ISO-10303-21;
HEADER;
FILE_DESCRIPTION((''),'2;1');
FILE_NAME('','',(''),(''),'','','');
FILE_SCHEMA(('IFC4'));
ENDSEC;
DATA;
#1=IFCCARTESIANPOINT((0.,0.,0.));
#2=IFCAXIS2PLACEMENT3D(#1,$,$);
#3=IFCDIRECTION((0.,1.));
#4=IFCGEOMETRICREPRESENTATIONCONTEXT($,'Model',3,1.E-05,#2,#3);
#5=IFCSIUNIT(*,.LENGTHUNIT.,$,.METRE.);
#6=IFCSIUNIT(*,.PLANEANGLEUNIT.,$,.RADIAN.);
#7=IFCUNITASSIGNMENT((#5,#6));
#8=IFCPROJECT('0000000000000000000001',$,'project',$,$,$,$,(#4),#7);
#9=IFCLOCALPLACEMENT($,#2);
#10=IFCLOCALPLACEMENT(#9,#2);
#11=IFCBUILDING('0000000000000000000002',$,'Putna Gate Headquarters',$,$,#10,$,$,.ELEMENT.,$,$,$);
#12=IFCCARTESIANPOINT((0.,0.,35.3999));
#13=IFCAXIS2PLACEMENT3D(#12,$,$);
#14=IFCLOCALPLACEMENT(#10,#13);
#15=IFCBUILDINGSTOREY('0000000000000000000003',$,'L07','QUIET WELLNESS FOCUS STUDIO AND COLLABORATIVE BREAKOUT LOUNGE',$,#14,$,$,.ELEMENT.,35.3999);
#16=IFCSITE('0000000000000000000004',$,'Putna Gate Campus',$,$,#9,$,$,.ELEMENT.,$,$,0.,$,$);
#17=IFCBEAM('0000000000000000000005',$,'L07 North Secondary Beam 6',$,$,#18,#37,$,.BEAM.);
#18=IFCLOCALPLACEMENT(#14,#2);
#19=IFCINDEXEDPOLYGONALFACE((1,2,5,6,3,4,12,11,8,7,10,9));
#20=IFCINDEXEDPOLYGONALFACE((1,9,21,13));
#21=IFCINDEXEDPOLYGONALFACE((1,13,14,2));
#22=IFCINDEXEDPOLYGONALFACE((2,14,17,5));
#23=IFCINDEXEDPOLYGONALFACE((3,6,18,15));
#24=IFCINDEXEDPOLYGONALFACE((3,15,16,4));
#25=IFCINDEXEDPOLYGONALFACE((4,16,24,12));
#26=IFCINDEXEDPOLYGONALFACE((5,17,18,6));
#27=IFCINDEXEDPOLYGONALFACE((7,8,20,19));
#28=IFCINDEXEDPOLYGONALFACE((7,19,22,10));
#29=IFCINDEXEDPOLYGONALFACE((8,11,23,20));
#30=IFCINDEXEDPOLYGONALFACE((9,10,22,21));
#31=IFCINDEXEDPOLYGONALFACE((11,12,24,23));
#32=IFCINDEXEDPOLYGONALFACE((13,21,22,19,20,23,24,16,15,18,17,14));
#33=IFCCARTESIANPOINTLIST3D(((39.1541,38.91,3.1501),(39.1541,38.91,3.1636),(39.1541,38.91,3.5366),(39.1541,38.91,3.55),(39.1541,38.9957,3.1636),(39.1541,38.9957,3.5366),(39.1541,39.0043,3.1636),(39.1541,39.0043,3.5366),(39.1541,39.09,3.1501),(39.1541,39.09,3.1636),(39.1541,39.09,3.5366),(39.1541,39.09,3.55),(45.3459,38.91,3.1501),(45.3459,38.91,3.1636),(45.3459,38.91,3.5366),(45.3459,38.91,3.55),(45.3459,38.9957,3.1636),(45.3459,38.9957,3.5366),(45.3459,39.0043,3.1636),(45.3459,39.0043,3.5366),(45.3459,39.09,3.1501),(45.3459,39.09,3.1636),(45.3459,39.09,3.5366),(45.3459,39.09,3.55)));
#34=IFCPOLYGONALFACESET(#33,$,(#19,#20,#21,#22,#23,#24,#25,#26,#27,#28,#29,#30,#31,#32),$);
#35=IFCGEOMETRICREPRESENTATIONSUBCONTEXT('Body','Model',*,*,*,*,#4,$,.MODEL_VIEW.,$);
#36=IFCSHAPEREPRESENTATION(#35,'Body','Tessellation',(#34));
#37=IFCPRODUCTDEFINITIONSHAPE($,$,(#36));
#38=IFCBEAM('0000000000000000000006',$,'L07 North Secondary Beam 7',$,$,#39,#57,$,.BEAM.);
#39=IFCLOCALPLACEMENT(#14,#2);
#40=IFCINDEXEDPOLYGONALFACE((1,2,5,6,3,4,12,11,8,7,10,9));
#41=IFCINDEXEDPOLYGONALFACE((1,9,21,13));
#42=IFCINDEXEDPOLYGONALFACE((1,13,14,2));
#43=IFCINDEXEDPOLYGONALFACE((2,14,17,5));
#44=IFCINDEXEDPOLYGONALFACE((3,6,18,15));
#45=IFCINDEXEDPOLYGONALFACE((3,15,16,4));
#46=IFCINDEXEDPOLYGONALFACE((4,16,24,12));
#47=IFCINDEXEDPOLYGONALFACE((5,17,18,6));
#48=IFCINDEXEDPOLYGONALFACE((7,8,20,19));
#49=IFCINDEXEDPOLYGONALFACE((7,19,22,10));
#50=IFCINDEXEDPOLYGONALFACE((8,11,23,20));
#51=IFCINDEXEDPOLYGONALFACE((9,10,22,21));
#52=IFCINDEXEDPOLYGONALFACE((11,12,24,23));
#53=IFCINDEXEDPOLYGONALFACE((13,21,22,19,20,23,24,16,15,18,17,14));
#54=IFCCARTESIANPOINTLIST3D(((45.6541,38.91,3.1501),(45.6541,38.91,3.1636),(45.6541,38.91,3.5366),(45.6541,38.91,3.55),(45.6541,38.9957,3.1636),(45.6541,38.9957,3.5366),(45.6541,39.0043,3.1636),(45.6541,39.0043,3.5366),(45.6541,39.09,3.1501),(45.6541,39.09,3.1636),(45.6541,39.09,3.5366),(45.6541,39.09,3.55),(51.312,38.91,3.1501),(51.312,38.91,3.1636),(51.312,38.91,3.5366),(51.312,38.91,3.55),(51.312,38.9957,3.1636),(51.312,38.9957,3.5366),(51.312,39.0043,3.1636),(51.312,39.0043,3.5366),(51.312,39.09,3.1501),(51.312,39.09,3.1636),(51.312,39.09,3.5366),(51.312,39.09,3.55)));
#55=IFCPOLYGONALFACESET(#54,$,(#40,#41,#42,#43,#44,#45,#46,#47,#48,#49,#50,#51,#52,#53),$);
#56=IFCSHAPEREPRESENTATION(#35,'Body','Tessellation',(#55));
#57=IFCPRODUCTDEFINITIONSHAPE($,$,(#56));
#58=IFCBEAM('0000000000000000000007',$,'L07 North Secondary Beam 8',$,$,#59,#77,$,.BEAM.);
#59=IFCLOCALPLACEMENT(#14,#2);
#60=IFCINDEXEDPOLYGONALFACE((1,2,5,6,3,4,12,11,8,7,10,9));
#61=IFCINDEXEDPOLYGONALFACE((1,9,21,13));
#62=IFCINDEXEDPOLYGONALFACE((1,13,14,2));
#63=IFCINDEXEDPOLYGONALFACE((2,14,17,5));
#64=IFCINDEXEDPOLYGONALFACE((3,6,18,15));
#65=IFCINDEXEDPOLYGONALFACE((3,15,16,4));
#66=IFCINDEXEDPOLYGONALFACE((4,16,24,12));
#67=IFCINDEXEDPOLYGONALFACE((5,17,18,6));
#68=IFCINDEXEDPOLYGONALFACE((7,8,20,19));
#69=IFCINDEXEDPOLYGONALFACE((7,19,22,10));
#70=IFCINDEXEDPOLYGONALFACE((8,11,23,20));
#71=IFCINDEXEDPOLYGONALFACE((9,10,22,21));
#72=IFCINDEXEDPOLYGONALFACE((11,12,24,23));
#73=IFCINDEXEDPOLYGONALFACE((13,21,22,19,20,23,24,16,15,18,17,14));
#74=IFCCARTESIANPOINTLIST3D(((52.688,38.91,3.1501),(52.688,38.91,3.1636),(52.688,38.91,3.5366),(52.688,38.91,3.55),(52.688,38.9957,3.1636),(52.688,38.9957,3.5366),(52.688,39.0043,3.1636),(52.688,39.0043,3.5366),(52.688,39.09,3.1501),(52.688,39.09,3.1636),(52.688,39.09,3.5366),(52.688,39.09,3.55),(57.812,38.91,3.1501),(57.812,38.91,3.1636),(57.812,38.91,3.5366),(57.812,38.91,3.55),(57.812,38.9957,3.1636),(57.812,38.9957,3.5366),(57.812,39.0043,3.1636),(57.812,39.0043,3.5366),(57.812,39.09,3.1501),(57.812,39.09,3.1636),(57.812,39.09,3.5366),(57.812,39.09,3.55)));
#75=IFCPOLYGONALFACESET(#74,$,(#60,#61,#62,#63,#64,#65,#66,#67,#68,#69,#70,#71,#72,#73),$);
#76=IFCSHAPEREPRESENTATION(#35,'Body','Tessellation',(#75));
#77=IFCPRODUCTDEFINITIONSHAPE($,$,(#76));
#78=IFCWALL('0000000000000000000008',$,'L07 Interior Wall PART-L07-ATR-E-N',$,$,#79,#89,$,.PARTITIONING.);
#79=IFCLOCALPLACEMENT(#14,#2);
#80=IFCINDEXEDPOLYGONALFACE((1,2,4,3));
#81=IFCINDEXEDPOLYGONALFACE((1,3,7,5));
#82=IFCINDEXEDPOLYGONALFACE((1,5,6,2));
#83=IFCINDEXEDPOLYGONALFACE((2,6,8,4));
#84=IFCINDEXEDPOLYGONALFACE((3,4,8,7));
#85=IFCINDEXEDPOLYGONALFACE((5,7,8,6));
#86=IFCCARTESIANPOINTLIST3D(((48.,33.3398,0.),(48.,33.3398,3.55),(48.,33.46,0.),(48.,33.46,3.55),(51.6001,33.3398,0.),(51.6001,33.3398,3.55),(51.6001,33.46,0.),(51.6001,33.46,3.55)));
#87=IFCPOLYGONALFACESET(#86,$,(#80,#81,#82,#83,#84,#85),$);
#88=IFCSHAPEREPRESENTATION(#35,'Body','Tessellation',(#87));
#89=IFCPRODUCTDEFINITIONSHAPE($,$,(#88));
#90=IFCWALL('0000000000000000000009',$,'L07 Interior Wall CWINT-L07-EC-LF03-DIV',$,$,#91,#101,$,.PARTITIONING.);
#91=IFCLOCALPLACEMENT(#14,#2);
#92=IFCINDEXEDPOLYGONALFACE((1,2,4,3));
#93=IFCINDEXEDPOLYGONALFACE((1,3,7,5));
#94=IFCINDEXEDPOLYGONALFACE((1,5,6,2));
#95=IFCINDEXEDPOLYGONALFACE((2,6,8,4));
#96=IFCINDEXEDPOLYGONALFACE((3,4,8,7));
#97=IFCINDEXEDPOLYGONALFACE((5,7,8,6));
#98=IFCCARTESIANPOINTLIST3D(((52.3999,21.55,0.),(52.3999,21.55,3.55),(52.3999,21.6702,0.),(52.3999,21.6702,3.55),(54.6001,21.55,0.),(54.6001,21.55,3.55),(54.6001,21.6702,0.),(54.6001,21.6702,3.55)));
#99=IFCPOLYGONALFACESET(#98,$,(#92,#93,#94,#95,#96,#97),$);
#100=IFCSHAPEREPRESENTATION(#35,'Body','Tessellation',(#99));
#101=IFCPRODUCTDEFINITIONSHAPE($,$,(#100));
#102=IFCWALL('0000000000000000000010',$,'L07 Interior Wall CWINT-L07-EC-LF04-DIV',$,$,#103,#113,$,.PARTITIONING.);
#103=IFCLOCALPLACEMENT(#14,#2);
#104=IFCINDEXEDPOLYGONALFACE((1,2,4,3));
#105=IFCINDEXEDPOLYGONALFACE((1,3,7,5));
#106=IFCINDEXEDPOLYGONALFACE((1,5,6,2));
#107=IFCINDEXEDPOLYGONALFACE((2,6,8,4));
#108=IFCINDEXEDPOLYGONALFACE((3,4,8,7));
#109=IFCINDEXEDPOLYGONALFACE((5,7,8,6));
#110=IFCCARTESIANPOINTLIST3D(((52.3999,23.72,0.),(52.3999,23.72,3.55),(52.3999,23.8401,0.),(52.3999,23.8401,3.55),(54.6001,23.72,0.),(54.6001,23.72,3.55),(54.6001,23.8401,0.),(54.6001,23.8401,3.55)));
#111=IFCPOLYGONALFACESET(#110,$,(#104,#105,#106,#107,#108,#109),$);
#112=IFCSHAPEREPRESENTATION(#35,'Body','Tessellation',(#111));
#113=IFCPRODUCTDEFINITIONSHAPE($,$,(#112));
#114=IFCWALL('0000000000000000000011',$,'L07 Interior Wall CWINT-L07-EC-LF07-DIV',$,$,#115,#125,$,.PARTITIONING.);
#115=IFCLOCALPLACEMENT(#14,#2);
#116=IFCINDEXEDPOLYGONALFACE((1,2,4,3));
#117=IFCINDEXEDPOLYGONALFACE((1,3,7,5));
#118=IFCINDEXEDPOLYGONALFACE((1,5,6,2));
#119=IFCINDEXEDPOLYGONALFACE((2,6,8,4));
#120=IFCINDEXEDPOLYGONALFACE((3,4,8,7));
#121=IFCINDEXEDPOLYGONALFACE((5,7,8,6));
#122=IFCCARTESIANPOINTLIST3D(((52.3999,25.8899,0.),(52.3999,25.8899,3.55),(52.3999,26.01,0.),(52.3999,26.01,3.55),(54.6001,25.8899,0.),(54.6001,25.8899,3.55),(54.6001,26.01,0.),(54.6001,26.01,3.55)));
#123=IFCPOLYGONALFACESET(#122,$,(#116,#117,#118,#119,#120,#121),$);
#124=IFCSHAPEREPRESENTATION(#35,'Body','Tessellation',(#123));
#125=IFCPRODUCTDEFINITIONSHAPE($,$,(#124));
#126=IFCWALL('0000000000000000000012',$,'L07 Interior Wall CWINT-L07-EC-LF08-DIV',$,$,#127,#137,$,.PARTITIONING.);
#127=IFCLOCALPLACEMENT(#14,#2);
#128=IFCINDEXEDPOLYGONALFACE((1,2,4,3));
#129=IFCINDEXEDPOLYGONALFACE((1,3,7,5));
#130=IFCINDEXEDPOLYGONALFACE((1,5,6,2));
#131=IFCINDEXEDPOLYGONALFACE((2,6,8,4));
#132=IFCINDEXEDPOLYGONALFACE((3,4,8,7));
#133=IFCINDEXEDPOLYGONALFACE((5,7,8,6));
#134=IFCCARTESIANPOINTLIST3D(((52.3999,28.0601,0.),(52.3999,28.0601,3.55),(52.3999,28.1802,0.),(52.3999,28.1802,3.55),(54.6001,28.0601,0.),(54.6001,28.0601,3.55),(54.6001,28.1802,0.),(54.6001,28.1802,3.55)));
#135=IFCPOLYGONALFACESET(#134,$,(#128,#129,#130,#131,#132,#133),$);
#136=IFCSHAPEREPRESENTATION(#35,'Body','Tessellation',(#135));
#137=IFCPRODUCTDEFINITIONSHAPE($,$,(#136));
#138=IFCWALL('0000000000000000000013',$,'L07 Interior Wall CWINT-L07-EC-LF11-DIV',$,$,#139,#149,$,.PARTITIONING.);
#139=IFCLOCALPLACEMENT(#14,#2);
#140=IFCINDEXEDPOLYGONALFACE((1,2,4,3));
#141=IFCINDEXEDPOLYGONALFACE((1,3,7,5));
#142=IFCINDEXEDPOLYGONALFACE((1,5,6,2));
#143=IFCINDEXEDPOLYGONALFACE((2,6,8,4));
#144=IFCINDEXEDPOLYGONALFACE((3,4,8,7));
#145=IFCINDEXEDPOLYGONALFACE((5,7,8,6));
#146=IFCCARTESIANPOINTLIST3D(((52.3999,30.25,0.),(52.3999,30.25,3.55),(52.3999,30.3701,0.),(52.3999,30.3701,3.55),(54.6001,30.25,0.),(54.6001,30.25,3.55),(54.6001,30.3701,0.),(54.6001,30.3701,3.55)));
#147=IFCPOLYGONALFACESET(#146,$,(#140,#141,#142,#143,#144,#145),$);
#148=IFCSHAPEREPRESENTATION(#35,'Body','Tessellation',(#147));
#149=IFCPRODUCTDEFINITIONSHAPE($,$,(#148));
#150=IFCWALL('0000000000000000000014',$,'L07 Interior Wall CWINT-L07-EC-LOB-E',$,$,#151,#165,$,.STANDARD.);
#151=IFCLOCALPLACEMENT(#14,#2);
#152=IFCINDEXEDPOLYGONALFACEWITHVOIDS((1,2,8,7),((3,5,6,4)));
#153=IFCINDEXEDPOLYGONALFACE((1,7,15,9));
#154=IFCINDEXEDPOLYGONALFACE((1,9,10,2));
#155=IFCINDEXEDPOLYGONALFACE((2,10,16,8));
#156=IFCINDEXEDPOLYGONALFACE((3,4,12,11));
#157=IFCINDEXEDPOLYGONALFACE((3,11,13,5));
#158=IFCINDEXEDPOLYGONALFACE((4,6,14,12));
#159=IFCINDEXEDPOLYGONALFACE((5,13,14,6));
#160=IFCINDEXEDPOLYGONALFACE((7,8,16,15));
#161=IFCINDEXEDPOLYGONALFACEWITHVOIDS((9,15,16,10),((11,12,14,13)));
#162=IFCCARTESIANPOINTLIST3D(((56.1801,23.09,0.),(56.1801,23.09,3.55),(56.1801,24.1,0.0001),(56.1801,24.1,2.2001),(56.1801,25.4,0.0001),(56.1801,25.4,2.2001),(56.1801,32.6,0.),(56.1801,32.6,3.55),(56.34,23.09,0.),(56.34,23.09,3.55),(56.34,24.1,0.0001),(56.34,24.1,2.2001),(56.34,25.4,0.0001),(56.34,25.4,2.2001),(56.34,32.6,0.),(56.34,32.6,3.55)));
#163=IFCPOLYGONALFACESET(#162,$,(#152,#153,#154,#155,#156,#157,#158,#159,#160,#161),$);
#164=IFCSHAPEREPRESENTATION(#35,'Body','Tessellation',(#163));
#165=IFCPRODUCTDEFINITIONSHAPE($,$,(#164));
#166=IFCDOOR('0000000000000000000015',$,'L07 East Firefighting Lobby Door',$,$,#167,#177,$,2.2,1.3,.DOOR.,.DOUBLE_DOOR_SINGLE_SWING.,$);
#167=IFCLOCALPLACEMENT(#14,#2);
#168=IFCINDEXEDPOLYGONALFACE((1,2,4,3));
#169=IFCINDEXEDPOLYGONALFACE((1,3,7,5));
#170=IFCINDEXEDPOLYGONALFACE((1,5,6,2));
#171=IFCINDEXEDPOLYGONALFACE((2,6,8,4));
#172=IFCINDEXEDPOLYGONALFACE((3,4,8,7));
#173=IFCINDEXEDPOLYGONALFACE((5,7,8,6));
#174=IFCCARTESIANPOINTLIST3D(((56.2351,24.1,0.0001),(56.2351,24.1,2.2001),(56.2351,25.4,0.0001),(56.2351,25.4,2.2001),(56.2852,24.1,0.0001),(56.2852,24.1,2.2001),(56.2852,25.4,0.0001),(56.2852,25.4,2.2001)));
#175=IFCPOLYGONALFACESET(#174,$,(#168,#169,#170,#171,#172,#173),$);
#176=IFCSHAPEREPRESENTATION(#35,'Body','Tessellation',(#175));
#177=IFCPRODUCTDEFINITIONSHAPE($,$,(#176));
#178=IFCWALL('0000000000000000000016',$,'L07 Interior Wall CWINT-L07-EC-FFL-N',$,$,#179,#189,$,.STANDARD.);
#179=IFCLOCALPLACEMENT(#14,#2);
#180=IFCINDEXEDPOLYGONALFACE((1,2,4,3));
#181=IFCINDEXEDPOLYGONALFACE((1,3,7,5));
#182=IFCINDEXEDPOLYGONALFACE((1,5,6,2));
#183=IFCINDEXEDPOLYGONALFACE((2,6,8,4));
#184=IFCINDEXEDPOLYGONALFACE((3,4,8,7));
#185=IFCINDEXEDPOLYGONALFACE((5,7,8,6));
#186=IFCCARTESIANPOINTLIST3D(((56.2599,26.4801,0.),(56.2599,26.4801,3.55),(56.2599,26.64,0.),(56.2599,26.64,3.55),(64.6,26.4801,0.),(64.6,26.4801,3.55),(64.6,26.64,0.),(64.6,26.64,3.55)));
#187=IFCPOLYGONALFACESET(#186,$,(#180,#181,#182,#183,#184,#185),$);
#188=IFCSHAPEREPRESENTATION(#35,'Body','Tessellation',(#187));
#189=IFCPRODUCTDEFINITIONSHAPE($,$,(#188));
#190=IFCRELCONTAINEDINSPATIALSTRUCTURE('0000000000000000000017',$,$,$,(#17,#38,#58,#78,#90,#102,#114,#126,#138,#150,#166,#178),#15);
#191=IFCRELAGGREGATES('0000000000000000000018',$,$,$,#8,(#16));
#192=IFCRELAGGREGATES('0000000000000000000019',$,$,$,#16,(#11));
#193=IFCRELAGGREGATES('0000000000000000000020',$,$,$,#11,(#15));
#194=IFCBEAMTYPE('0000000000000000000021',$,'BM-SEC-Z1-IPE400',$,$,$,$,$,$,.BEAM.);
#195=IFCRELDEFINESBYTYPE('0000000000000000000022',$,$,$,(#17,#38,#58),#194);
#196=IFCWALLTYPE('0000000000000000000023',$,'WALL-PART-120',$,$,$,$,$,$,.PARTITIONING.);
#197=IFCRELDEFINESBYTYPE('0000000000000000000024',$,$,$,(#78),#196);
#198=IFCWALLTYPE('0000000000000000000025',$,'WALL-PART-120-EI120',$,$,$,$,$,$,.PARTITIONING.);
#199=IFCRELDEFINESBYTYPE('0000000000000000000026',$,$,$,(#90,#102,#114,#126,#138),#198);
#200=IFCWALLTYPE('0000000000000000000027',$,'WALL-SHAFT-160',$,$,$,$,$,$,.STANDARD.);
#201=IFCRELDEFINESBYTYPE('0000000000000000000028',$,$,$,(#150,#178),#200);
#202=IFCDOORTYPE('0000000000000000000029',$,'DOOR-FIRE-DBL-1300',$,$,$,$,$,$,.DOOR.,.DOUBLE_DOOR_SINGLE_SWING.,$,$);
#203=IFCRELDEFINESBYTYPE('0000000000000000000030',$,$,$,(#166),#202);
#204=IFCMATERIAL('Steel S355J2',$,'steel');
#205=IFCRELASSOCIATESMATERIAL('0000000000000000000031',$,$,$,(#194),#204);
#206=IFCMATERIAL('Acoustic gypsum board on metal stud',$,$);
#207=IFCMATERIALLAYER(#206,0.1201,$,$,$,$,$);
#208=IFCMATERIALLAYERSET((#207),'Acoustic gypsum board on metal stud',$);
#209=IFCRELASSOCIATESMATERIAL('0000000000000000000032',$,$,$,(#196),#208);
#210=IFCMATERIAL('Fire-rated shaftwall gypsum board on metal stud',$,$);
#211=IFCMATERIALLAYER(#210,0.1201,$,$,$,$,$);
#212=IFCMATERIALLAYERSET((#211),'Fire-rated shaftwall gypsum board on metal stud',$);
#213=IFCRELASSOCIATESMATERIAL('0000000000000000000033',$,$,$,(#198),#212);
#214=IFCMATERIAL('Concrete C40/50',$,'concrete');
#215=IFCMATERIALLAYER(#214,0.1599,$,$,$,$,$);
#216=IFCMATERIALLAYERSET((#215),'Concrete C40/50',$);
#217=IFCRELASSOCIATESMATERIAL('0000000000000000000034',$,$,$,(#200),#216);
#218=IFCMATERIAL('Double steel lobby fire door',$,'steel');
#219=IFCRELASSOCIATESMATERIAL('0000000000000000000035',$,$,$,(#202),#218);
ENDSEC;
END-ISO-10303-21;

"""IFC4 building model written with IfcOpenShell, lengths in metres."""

from ifc_helpers import new_model, si_unit, direction, frame, frame_2d, origin, origin_2d, place, context, subcontext, project, spatial, rectangle, i_section, extrude, material, layer, layer_set, material_profile, profile_set, type_object, element, fill, save


model = new_model("IFC4")

# Units and contexts
model_context = context("Model", 3, precision=1e-05, world=origin(), true_north=direction((0.0, 1.0)))
body_context = subcontext(model_context, "Body", "Model", "MODEL_VIEW")
ifc_project = project(units=[si_unit("LENGTHUNIT", "METRE"), si_unit("PLANEANGLEUNIT", "RADIAN")], contexts=[model_context])

# Site, building, storey
site_placement = place(None, origin())
site = spatial("IfcSite", under=ifc_project, at=site_placement, Name="Putna Gate Campus", CompositionType="ELEMENT", RefElevation=0.0)
building_placement = place(site_placement, origin())
building = spatial("IfcBuilding", under=site, at=building_placement, Name="Putna Gate Headquarters", CompositionType="ELEMENT")
storey_placement = place(building_placement, frame((0.0, 0.0, 35.3999)))
storey = spatial("IfcBuildingStorey", under=building, at=storey_placement, Name="L07", Description="QUIET WELLNESS FOCUS STUDIO AND COLLABORATIVE BREAKOUT LOUNGE", CompositionType="ELEMENT", Elevation=35.3999)

# Beams
ifc_material_1 = material(Name="Steel S355J2", Category="steel")
ifc_material_profile_1 = material_profile(ifc_material_1, i_section(OverallWidth=0.1799, OverallDepth=0.3999, WebThickness=0.0085, FlangeThickness=0.0134, at=origin_2d()), Name="Steel S355J2")
ifc_profile_set_1 = profile_set([ifc_material_profile_1], Name="Steel S355J2")
beam_type_1 = type_object("IfcBeamType", Name="BM-SEC-Z1-IPE400", PredefinedType="BEAM", material=ifc_profile_set_1)
beam_1_placement = place(storey_placement, frame((39.1541, 39.0, 3.3501), z_axis=(1.0, 0.0, 0.0), x_axis=(0.0, 1.0, 0.0)))
element("IfcBeam", 1, at=beam_1_placement, inside=storey, type_object=beam_type_1, Name="L07 North Secondary Beam 6", PredefinedType="BEAM", context=body_context, shape_type="SweptSolid", body=[
    extrude(i_section(OverallWidth=0.1799, OverallDepth=0.3999, WebThickness=0.0085, FlangeThickness=0.0134, at=origin_2d()), origin(), (0.0, 0.0, 1.0), 6.1919),
])
beam_2_placement = place(storey_placement, frame((45.6541, 39.0, 3.3501), z_axis=(1.0, 0.0, 0.0), x_axis=(0.0, 1.0, 0.0)))
element("IfcBeam", 2, at=beam_2_placement, inside=storey, type_object=beam_type_1, Name="L07 North Secondary Beam 7", PredefinedType="BEAM", context=body_context, shape_type="SweptSolid", body=[
    extrude(i_section(OverallWidth=0.1799, OverallDepth=0.3999, WebThickness=0.0085, FlangeThickness=0.0134, at=origin_2d()), origin(), (0.0, 0.0, 1.0), 5.658),
])
beam_3_placement = place(storey_placement, frame((52.688, 39.0, 3.3501), z_axis=(1.0, 0.0, 0.0), x_axis=(0.0, 1.0, 0.0)))
element("IfcBeam", 3, at=beam_3_placement, inside=storey, type_object=beam_type_1, Name="L07 North Secondary Beam 8", PredefinedType="BEAM", context=body_context, shape_type="SweptSolid", body=[
    extrude(i_section(OverallWidth=0.1799, OverallDepth=0.3999, WebThickness=0.0085, FlangeThickness=0.0134, at=origin_2d()), origin(), (0.0, 0.0, 1.0), 5.124),
])

# Walls
ifc_material_2 = material(Name="Acoustic gypsum board on metal stud")
ifc_layer_1 = layer(ifc_material_2, 0.1201)
ifc_layer_set_1 = layer_set([ifc_layer_1], Name="Acoustic gypsum board on metal stud")
wall_type_1 = type_object("IfcWallType", Name="WALL-PART-120", PredefinedType="PARTITIONING", material=ifc_layer_set_1)
wall_1_placement = place(storey_placement, frame((48.0, 33.3999, 0.0), z_axis=(0.0, 0.0, 1.0), x_axis=(1.0, 0.0, 0.0)))
element("IfcWall", 4, at=wall_1_placement, inside=storey, type_object=wall_type_1, Name="L07 Interior Wall PART-L07-ATR-E-N", PredefinedType="PARTITIONING", context=body_context, shape_type="SweptSolid", body=[
    extrude(rectangle(XDim=3.6001, YDim=0.1201, at=frame_2d((1.8, 0.0))), origin(), (0.0, 0.0, 1.0), 3.55),
])
ifc_material_3 = material(Name="Fire-rated shaftwall gypsum board on metal stud")
ifc_layer_2 = layer(ifc_material_3, 0.1201)
ifc_layer_set_2 = layer_set([ifc_layer_2], Name="Fire-rated shaftwall gypsum board on metal stud")
wall_type_2 = type_object("IfcWallType", Name="WALL-PART-120-EI120", PredefinedType="PARTITIONING", material=ifc_layer_set_2)
for number, where, z_axis, x_axis, name in (
    (5, (52.3999, 21.6101, 0.0), (0.0, 0.0, 1.0), (1.0, 0.0, 0.0), "L07 Interior Wall CWINT-L07-EC-LF03-DIV"),
    (6, (52.3999, 23.78, 0.0), (0.0, 0.0, 1.0), (1.0, 0.0, 0.0), "L07 Interior Wall CWINT-L07-EC-LF04-DIV"),
    (7, (52.3999, 25.95, 0.0), (0.0, 0.0, 1.0), (1.0, 0.0, 0.0), "L07 Interior Wall CWINT-L07-EC-LF07-DIV"),
    (8, (52.3999, 28.1201, 0.0), (0.0, 0.0, 1.0), (1.0, 0.0, 0.0), "L07 Interior Wall CWINT-L07-EC-LF08-DIV"),
    (9, (52.3999, 30.3101, 0.0), (0.0, 0.0, 1.0), (1.0, 0.0, 0.0), "L07 Interior Wall CWINT-L07-EC-LF11-DIV"),
):
    element("IfcWall", number, at=place(storey_placement, frame(where, z_axis=z_axis, x_axis=x_axis)), inside=storey, type_object=wall_type_2, Name=name, PredefinedType="PARTITIONING", context=body_context, shape_type="SweptSolid", body=[
        extrude(rectangle(XDim=2.2002, YDim=0.1201, at=frame_2d((1.1001, 0.0))), origin(), (0.0, 0.0, 1.0), 3.55),
    ])

# Wall, opening, door
ifc_material_4 = material(Name="Concrete C40/50", Category="concrete")
ifc_layer_3 = layer(ifc_material_4, 0.1599)
ifc_layer_set_3 = layer_set([ifc_layer_3], Name="Concrete C40/50")
wall_type_3 = type_object("IfcWallType", Name="WALL-SHAFT-160", PredefinedType="STANDARD", material=ifc_layer_set_3)
wall_2_placement = place(storey_placement, frame((56.26, 23.0901, 0.0), z_axis=(0.0, 0.0, 1.0), x_axis=(0.0, 1.0, 0.0)))
wall_2 = element("IfcWall", 10, at=wall_2_placement, inside=storey, type_object=wall_type_3, Name="L07 Interior Wall CWINT-L07-EC-LOB-E", PredefinedType="STANDARD", context=body_context, shape_type="SweptSolid", body=[
    extrude(rectangle(XDim=9.51, YDim=0.1599, at=frame_2d((4.7549, 0.0))), origin(), (0.0, 0.0, 1.0), 3.55),
])
opening_1_placement = place(wall_2_placement, frame((1.01, 0.0, 0.0)))
opening_1 = element("IfcOpeningElement", 11, at=opening_1_placement, cuts=wall_2, PredefinedType="OPENING", context=body_context, shape_type="SweptSolid", body=[
    extrude(rectangle(XDim=1.3, YDim=2.2, at=frame_2d((0.6499, 1.1001))), frame((0.0, 0.0898, 0.0), z_axis=(0.0, -1.0, 0.0), x_axis=(1.0, 0.0, 0.0)), (0.0, 0.0, 1.0), 0.1799),
])
ifc_material_5 = material(Name="Double steel lobby fire door", Category="steel")
door_type_1 = type_object("IfcDoorType", Name="DOOR-FIRE-DBL-1300", OperationType="DOUBLE_DOOR_SINGLE_SWING", PredefinedType="DOOR", material=ifc_material_5)
door_1_placement = place(opening_1_placement, origin())
door_1 = element("IfcDoor", 12, at=door_1_placement, inside=storey, type_object=door_type_1, Name="L07 East Firefighting Lobby Door", OperationType="DOUBLE_DOOR_SINGLE_SWING", OverallHeight=2.2, OverallWidth=1.3, PredefinedType="DOOR", context=body_context, shape_type="SweptSolid", body=[
    extrude(rectangle(XDim=1.3, YDim=2.2, at=frame_2d((0.6499, 1.1001))), frame((0.0, 0.0249, 0.0), z_axis=(0.0, -1.0, 0.0), x_axis=(1.0, 0.0, 0.0)), (0.0, 0.0, 1.0), 0.05),
])
fill(opening_1, door_1)

# Wall
wall_3_placement = place(storey_placement, frame((56.26, 26.5601, 0.0), z_axis=(0.0, 0.0, 1.0), x_axis=(1.0, 0.0, 0.0)))
element("IfcWall", 13, at=wall_3_placement, inside=storey, type_object=wall_type_3, Name="L07 Interior Wall CWINT-L07-EC-FFL-N", PredefinedType="STANDARD", context=body_context, shape_type="SweptSolid", body=[
    extrude(rectangle(XDim=8.3401, YDim=0.1599, at=frame_2d((4.1699, 0.0))), origin(), (0.0, 0.0, 1.0), 3.55),
])

save(model, "model.ifc")
